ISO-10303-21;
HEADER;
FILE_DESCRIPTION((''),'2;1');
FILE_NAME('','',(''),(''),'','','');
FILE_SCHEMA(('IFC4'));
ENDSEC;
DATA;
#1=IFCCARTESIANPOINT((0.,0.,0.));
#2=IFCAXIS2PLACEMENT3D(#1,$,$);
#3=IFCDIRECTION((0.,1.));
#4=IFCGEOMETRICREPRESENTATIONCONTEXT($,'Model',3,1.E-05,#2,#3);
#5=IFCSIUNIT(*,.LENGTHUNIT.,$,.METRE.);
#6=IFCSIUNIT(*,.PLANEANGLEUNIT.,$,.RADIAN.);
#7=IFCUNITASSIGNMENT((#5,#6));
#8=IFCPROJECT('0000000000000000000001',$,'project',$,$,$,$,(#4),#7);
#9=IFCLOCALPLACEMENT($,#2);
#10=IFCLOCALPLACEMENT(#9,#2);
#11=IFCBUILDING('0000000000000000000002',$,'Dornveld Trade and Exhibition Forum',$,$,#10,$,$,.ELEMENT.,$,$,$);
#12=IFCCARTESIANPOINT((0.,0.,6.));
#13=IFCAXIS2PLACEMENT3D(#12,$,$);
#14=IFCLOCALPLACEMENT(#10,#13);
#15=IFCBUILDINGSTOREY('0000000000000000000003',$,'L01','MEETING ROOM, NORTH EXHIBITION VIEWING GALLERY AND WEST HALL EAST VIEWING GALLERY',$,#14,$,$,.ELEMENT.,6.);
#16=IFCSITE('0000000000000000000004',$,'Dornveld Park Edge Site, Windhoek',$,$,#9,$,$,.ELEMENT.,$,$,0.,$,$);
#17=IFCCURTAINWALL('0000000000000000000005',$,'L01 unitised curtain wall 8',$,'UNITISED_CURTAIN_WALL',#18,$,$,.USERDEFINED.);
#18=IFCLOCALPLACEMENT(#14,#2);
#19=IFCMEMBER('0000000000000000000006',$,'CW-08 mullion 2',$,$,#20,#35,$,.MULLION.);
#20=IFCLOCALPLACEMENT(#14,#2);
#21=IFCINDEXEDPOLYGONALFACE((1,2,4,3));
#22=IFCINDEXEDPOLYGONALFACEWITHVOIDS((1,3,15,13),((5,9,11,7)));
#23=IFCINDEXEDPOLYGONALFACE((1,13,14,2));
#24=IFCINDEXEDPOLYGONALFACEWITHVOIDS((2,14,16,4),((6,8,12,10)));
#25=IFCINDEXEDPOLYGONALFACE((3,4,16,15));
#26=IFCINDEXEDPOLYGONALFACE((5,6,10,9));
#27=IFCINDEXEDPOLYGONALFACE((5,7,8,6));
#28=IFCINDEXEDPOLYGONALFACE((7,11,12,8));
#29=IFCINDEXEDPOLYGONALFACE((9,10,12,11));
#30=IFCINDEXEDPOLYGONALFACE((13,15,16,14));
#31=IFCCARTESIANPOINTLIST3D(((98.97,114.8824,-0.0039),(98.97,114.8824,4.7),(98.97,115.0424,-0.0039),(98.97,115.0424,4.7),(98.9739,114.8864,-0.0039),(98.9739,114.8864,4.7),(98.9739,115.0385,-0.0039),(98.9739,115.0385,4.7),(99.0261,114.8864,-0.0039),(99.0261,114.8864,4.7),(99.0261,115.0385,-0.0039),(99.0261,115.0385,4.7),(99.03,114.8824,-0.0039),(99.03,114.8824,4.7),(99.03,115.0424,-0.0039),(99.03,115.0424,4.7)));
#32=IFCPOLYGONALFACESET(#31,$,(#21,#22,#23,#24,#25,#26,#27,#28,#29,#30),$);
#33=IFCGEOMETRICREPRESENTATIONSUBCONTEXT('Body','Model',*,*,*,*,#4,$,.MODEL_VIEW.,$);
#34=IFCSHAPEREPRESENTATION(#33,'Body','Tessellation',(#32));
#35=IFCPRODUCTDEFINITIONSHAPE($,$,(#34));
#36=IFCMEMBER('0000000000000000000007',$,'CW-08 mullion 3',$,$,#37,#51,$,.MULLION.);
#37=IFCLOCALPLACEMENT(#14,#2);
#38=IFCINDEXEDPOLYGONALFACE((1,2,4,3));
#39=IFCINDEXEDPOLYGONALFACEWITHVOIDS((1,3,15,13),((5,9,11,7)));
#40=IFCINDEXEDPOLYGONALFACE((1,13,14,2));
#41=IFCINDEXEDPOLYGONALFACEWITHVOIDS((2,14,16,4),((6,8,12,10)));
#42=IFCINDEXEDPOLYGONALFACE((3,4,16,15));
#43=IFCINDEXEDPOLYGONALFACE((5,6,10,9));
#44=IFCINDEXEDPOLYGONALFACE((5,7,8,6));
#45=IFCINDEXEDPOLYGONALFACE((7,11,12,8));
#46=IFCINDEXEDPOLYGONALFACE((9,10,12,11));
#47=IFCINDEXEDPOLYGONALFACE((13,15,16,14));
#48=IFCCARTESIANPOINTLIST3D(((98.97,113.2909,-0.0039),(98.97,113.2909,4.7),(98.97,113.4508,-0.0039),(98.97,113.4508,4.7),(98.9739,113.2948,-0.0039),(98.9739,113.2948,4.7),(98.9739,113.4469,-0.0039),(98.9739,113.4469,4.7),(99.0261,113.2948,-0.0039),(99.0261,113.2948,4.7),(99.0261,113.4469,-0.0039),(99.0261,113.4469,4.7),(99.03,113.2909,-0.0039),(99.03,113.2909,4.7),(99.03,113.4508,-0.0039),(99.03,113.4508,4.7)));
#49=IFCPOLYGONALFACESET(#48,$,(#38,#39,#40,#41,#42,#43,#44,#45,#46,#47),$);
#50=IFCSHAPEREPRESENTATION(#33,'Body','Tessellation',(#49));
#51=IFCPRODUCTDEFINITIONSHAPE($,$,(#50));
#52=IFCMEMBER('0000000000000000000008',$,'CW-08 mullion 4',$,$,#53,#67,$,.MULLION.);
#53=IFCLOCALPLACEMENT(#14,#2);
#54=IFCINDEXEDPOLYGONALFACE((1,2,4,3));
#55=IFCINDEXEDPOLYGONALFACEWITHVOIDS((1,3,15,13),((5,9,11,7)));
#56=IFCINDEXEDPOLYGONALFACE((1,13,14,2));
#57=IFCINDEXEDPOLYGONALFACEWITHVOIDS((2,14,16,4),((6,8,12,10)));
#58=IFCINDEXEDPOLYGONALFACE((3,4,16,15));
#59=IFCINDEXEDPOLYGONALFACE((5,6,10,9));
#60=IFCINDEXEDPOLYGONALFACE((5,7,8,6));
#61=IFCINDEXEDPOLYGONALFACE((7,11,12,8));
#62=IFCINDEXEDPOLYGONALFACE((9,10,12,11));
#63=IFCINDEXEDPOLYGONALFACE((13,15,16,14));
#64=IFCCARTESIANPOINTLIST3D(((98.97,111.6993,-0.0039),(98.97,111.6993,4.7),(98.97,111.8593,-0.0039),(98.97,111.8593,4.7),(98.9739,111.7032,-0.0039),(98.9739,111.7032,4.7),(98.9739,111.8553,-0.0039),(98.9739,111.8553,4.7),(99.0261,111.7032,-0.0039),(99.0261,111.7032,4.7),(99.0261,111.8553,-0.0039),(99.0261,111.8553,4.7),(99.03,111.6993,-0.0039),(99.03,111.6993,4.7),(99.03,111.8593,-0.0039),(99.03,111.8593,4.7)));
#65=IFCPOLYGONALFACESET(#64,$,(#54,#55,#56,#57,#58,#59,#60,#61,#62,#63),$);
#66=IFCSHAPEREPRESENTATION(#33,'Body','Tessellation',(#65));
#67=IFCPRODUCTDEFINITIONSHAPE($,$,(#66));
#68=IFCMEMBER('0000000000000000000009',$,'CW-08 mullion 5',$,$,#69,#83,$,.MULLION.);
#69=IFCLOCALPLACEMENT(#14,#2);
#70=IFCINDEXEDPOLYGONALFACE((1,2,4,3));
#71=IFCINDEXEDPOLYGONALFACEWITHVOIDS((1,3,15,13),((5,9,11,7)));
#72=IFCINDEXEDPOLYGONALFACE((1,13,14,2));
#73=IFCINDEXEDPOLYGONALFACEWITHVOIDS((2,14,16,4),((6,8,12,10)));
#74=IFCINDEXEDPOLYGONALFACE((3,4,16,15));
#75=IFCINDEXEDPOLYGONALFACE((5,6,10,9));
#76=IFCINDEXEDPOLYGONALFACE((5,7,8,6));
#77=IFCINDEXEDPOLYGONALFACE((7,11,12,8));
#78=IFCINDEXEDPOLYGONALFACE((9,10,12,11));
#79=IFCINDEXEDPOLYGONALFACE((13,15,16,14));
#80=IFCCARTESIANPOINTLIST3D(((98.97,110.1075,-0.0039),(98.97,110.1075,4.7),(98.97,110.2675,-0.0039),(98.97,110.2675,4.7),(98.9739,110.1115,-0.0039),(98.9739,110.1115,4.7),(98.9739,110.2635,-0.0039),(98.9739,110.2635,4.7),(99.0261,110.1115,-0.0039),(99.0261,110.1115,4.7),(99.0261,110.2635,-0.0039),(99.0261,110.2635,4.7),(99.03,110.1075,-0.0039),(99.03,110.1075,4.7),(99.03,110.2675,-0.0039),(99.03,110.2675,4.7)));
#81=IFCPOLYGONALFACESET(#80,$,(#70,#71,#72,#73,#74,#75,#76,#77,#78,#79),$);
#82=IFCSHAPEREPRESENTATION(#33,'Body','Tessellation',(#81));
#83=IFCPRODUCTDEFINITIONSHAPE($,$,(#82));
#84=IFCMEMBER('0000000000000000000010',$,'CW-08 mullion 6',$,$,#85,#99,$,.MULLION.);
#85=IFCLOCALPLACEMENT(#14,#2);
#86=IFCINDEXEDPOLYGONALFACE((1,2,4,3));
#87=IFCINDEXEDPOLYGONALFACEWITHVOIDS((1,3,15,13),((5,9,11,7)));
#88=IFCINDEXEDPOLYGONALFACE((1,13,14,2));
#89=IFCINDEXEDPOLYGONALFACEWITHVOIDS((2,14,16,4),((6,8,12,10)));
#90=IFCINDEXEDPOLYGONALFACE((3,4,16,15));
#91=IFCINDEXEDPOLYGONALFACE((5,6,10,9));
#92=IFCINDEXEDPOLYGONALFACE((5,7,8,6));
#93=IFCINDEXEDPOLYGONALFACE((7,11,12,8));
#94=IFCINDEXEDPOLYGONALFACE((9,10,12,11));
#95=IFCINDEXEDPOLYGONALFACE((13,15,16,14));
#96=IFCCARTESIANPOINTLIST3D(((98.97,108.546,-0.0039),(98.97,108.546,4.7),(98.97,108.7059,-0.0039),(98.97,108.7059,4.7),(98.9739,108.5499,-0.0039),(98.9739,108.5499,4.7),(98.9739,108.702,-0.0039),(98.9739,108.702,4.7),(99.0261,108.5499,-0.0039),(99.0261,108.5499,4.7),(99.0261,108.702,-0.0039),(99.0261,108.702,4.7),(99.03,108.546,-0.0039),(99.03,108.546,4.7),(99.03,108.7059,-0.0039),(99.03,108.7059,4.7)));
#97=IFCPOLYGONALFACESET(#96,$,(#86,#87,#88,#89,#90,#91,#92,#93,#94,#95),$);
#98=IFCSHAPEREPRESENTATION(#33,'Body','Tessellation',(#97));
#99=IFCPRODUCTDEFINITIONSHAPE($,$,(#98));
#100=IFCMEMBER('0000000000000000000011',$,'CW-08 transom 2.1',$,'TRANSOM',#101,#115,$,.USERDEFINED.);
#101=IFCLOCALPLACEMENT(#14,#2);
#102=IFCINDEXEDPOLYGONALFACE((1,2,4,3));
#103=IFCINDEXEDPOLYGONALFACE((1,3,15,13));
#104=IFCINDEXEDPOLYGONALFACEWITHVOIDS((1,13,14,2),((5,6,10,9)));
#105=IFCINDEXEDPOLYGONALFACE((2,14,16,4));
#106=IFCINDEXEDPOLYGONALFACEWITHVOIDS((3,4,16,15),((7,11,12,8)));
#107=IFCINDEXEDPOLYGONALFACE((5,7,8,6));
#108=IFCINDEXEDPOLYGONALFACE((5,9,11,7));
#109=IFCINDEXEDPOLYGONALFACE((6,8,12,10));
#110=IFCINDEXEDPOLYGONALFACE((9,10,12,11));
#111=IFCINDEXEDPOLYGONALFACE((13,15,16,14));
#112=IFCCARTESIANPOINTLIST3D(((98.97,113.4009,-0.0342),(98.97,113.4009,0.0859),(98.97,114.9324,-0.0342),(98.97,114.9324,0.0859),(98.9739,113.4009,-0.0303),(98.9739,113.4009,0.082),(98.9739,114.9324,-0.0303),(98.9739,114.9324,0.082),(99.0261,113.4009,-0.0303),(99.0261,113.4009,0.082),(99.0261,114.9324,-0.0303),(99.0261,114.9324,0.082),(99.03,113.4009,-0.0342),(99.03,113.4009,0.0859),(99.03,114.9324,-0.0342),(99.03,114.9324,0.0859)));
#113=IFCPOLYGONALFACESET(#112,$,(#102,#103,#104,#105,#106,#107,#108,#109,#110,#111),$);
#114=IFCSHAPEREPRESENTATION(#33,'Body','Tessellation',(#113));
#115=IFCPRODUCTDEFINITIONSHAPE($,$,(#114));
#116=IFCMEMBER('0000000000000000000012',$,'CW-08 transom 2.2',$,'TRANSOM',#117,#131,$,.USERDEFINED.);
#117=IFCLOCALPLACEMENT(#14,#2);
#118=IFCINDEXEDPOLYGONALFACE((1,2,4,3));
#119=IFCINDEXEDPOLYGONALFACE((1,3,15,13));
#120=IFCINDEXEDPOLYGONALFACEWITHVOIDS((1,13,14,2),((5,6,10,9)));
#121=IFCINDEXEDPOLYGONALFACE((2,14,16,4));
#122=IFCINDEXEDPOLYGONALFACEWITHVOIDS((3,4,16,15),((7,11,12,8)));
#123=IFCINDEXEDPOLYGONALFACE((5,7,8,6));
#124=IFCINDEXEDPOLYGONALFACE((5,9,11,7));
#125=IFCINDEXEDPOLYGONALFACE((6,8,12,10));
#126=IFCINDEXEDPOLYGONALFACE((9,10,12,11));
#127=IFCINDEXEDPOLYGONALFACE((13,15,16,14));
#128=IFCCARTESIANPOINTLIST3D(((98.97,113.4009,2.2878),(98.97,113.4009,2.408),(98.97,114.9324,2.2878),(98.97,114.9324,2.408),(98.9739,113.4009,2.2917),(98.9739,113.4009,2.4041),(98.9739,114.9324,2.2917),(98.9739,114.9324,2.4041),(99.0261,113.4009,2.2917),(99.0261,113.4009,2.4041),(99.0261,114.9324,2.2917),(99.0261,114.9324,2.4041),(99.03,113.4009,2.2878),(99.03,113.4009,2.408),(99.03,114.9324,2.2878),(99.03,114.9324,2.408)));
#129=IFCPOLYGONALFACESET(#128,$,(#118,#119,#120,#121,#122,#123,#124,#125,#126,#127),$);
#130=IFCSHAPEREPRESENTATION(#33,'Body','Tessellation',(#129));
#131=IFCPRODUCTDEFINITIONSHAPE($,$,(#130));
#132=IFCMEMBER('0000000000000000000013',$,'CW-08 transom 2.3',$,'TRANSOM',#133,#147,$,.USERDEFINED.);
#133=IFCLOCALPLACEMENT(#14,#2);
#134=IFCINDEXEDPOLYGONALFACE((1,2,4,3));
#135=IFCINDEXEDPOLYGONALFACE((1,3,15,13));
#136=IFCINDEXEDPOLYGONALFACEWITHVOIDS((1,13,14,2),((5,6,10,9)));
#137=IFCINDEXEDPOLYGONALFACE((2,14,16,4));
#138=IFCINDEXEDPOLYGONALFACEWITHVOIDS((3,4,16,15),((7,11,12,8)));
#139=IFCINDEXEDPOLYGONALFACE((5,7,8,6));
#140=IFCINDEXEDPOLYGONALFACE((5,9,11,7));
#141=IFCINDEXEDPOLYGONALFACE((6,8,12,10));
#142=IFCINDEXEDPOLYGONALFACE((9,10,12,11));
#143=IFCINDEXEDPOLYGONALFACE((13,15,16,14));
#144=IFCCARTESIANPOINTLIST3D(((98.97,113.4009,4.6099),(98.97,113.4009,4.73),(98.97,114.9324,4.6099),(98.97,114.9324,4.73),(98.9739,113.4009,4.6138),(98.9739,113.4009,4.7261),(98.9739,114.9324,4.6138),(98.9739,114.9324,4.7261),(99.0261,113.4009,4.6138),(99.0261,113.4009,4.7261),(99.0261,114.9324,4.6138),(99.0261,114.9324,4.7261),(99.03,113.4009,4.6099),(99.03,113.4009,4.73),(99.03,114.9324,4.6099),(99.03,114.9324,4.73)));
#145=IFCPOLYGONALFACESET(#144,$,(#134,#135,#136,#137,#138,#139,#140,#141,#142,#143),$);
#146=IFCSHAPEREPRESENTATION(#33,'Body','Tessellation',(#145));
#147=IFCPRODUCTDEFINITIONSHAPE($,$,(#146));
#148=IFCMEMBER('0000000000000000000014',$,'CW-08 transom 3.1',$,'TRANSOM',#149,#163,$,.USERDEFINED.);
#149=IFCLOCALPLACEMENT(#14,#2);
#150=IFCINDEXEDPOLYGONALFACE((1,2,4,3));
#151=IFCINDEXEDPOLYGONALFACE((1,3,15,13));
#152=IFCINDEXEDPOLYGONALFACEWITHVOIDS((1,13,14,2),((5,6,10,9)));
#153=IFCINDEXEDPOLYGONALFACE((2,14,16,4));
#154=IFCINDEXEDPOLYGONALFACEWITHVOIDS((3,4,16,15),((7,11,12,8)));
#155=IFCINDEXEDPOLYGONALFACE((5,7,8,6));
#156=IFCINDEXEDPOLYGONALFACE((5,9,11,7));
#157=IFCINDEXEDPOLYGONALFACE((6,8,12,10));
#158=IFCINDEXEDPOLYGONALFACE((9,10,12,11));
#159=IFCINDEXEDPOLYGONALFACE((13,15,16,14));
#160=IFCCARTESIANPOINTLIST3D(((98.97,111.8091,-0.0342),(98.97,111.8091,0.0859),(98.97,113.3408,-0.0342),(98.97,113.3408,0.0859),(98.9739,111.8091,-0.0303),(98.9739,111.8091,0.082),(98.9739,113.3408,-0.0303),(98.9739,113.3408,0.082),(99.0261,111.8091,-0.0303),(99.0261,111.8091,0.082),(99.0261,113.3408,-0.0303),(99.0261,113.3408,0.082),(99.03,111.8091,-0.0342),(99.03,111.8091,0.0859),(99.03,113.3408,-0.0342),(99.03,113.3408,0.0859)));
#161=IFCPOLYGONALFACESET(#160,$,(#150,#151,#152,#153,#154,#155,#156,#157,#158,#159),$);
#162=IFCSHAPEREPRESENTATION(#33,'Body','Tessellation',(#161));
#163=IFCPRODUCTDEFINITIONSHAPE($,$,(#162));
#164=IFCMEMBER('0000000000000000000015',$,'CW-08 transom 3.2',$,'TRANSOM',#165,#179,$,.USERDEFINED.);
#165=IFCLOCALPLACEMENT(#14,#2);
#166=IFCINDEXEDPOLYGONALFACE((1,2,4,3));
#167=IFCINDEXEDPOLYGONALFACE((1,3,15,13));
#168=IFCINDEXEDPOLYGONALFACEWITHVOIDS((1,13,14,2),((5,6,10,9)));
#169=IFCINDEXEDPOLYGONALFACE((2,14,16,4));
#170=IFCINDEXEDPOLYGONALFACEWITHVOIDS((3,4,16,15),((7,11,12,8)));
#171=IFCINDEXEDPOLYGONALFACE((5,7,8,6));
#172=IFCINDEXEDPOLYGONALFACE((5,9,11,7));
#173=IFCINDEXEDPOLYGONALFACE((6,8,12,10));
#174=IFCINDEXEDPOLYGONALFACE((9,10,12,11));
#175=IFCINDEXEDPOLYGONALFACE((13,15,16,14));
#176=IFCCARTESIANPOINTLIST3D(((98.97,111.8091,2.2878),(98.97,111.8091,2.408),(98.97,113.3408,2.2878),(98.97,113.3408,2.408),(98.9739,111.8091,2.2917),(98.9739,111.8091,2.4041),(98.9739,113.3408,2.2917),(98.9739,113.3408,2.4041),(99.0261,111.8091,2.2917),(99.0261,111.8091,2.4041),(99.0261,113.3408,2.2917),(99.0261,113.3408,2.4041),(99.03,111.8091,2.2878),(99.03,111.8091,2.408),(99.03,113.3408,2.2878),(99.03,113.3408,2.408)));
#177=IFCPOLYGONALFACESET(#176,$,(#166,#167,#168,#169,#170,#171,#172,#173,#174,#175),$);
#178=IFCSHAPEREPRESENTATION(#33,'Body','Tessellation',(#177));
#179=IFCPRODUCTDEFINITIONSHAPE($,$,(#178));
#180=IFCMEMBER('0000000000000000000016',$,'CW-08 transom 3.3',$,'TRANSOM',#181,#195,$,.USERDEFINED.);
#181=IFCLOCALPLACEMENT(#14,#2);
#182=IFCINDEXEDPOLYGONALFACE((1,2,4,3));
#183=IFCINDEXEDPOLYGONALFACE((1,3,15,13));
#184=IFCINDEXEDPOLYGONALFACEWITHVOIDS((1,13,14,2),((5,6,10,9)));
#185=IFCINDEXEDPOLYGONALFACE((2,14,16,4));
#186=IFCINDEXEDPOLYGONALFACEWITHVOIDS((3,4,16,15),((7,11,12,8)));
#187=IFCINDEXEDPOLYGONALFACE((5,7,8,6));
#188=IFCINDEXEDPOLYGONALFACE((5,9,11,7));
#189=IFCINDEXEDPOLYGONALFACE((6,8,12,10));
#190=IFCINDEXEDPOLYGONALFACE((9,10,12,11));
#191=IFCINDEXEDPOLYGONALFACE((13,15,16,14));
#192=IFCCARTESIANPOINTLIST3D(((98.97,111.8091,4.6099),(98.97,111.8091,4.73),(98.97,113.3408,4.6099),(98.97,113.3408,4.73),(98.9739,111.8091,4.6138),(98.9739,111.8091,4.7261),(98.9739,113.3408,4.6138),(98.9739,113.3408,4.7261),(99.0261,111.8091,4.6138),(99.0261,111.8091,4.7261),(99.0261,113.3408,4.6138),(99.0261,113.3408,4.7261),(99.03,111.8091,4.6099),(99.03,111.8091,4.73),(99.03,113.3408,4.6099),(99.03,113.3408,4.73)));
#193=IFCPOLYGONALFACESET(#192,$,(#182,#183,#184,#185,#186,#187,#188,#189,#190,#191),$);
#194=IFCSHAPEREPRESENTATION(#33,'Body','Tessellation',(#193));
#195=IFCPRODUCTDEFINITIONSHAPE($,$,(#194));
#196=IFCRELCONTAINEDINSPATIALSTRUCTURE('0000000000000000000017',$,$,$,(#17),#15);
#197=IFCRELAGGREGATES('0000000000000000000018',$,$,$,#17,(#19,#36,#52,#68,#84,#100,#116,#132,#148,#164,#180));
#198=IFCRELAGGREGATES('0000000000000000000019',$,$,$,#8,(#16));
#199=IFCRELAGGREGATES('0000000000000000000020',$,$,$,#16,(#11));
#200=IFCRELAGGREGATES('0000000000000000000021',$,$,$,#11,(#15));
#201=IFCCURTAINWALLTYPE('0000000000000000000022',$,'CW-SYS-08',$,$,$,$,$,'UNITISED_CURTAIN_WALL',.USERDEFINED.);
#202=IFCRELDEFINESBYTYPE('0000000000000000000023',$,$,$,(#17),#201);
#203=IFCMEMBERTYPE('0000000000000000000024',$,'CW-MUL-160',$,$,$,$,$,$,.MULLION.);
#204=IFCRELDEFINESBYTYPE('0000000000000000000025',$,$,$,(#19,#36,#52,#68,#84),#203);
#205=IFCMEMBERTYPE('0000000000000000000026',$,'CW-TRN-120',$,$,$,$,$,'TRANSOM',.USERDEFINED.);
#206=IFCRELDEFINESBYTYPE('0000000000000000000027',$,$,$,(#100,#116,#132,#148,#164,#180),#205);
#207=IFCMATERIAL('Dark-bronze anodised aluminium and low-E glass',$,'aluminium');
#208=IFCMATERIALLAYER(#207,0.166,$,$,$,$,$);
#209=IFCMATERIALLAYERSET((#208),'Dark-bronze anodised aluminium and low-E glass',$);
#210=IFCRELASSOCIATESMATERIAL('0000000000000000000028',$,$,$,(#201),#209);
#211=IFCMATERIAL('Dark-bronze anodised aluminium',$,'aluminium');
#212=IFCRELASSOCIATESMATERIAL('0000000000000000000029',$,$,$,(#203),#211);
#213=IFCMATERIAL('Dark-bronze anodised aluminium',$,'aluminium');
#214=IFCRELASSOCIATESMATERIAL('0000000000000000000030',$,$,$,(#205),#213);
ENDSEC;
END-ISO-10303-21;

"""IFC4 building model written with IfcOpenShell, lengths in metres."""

from ifc_helpers import new_model, si_unit, direction, frame, origin, origin_2d, place, context, subcontext, project, spatial, hollow_rectangle, extrude, material, layer, layer_set, material_profile, profile_set, type_object, element, aggregate, save


model = new_model("IFC4")

# Units and contexts
model_context = context("Model", 3, precision=1e-05, world=origin(), true_north=direction((0.0, 1.0)))
body_context = subcontext(model_context, "Body", "Model", "MODEL_VIEW")
ifc_project = project(units=[si_unit("LENGTHUNIT", "METRE"), si_unit("PLANEANGLEUNIT", "RADIAN")], contexts=[model_context])

# Site, building, storey
site_placement = place(None, origin())
site = spatial("IfcSite", under=ifc_project, at=site_placement, Name="Dornveld Park Edge Site, Windhoek", CompositionType="ELEMENT", RefElevation=0.0)
building_placement = place(site_placement, origin())
building = spatial("IfcBuilding", under=site, at=building_placement, Name="Dornveld Trade and Exhibition Forum", CompositionType="ELEMENT")
storey_placement = place(building_placement, frame((0.0, 0.0, 6.0)))
storey = spatial("IfcBuildingStorey", under=building, at=storey_placement, Name="L01", Description="MEETING ROOM, NORTH EXHIBITION VIEWING GALLERY AND WEST HALL EAST VIEWING GALLERY", CompositionType="ELEMENT", Elevation=6.0)

# Curtain wall, members
ifc_material_1 = material(Name="Dark-bronze anodised aluminium and low-E glass", Category="aluminium")
ifc_layer_1 = layer(ifc_material_1, 0.166)
ifc_layer_set_1 = layer_set([ifc_layer_1], Name="Dark-bronze anodised aluminium and low-E glass")
curtain_wall_type = type_object("IfcCurtainWallType", Name="CW-SYS-08", ElementType="UNITISED_CURTAIN_WALL", PredefinedType="USERDEFINED", material=ifc_layer_set_1)
curtain_wall_placement = place(storey_placement, origin())
curtain_wall = element("IfcCurtainWall", 1, at=curtain_wall_placement, inside=storey, type_object=curtain_wall_type, Name="L01 unitised curtain wall 8", ObjectType="UNITISED_CURTAIN_WALL", PredefinedType="USERDEFINED")
ifc_material_2 = material(Name="Dark-bronze anodised aluminium", Category="aluminium")
ifc_material_profile_1 = material_profile(ifc_material_2, hollow_rectangle(XDim=0.0601, YDim=0.1599, WallThickness=0.0039, at=origin_2d()), Name="RHS 160x60x4")
ifc_profile_set_1 = profile_set([ifc_material_profile_1], Name="Dark-bronze anodised aluminium")
member_type_1 = type_object("IfcMemberType", Name="CW-MUL-160", PredefinedType="MULLION", material=ifc_profile_set_1)
member_1_placement = place(storey_placement, frame((99.0, 114.9624, -0.0039), z_axis=(0.0, 0.0, 1.0), x_axis=(1.0, 0.0, 0.0)))
member_1 = element("IfcMember", 2, at=member_1_placement, type_object=member_type_1, Name="CW-08 mullion 2", PredefinedType="MULLION", context=body_context, shape_type="SweptSolid", body=[
    extrude(hollow_rectangle(XDim=0.0601, YDim=0.1599, WallThickness=0.0039, at=origin_2d()), origin(), (0.0, 0.0, 1.0), 4.7039),
])
member_2_placement = place(storey_placement, frame((99.0, 113.3708, -0.0039), z_axis=(0.0, 0.0, 1.0), x_axis=(1.0, 0.0, 0.0)))
member_2 = element("IfcMember", 3, at=member_2_placement, type_object=member_type_1, Name="CW-08 mullion 3", PredefinedType="MULLION", context=body_context, shape_type="SweptSolid", body=[
    extrude(hollow_rectangle(XDim=0.0601, YDim=0.1599, WallThickness=0.0039, at=origin_2d()), origin(), (0.0, 0.0, 1.0), 4.7039),
])
member_3_placement = place(storey_placement, frame((99.0, 111.7793, -0.0039), z_axis=(0.0, 0.0, 1.0), x_axis=(1.0, 0.0, 0.0)))
member_3 = element("IfcMember", 4, at=member_3_placement, type_object=member_type_1, Name="CW-08 mullion 4", PredefinedType="MULLION", context=body_context, shape_type="SweptSolid", body=[
    extrude(hollow_rectangle(XDim=0.0601, YDim=0.1599, WallThickness=0.0039, at=origin_2d()), origin(), (0.0, 0.0, 1.0), 4.7039),
])
member_4_placement = place(storey_placement, frame((99.0, 110.1875, -0.0039), z_axis=(0.0, 0.0, 1.0), x_axis=(1.0, 0.0, 0.0)))
member_4 = element("IfcMember", 5, at=member_4_placement, type_object=member_type_1, Name="CW-08 mullion 5", PredefinedType="MULLION", context=body_context, shape_type="SweptSolid", body=[
    extrude(hollow_rectangle(XDim=0.0601, YDim=0.1599, WallThickness=0.0039, at=origin_2d()), origin(), (0.0, 0.0, 1.0), 4.7039),
])
member_5_placement = place(storey_placement, frame((99.0, 108.626, -0.0039), z_axis=(0.0, 0.0, 1.0), x_axis=(1.0, 0.0, 0.0)))
member_5 = element("IfcMember", 6, at=member_5_placement, type_object=member_type_1, Name="CW-08 mullion 6", PredefinedType="MULLION", context=body_context, shape_type="SweptSolid", body=[
    extrude(hollow_rectangle(XDim=0.0601, YDim=0.1599, WallThickness=0.0039, at=origin_2d()), origin(), (0.0, 0.0, 1.0), 4.7039),
])
ifc_material_3 = material(Name="Dark-bronze anodised aluminium", Category="aluminium")
ifc_material_profile_2 = material_profile(ifc_material_3, hollow_rectangle(XDim=0.0601, YDim=0.1201, WallThickness=0.0039, at=origin_2d()), Name="RHS 120x60x4")
ifc_profile_set_2 = profile_set([ifc_material_profile_2], Name="Dark-bronze anodised aluminium")
member_type_2 = type_object("IfcMemberType", Name="CW-TRN-120", ElementType="TRANSOM", PredefinedType="USERDEFINED", material=ifc_profile_set_2)
member_6_placement = place(storey_placement, frame((99.0, 114.9324, 0.0259), z_axis=(0.0, -1.0, 0.0), x_axis=(1.0, 0.0, 0.0)))
member_6 = element("IfcMember", 7, at=member_6_placement, type_object=member_type_2, Name="CW-08 transom 2.1", ObjectType="TRANSOM", PredefinedType="USERDEFINED", context=body_context, shape_type="SweptSolid", body=[
    extrude(hollow_rectangle(XDim=0.0601, YDim=0.1201, WallThickness=0.0039, at=origin_2d()), origin(), (0.0, 0.0, 1.0), 1.5315),
])
member_7_placement = place(storey_placement, frame((99.0, 114.9324, 2.3479), z_axis=(0.0, -1.0, 0.0), x_axis=(1.0, 0.0, 0.0)))
member_7 = element("IfcMember", 8, at=member_7_placement, type_object=member_type_2, Name="CW-08 transom 2.2", ObjectType="TRANSOM", PredefinedType="USERDEFINED", context=body_context, shape_type="SweptSolid", body=[
    extrude(hollow_rectangle(XDim=0.0601, YDim=0.1201, WallThickness=0.0039, at=origin_2d()), origin(), (0.0, 0.0, 1.0), 1.5315),
])
member_8_placement = place(storey_placement, frame((99.0, 114.9324, 4.6699), z_axis=(0.0, -1.0, 0.0), x_axis=(1.0, 0.0, 0.0)))
member_8 = element("IfcMember", 9, at=member_8_placement, type_object=member_type_2, Name="CW-08 transom 2.3", ObjectType="TRANSOM", PredefinedType="USERDEFINED", context=body_context, shape_type="SweptSolid", body=[
    extrude(hollow_rectangle(XDim=0.0601, YDim=0.1201, WallThickness=0.0039, at=origin_2d()), origin(), (0.0, 0.0, 1.0), 1.5315),
])
member_9_placement = place(storey_placement, frame((99.0, 113.3408, 0.0259), z_axis=(0.0, -1.0, 0.0), x_axis=(1.0, 0.0, 0.0)))
member_9 = element("IfcMember", 10, at=member_9_placement, type_object=member_type_2, Name="CW-08 transom 3.1", ObjectType="TRANSOM", PredefinedType="USERDEFINED", context=body_context, shape_type="SweptSolid", body=[
    extrude(hollow_rectangle(XDim=0.0601, YDim=0.1201, WallThickness=0.0039, at=origin_2d()), origin(), (0.0, 0.0, 1.0), 1.5317),
])
member_10_placement = place(storey_placement, frame((99.0, 113.3408, 2.3479), z_axis=(0.0, -1.0, 0.0), x_axis=(1.0, 0.0, 0.0)))
member_10 = element("IfcMember", 11, at=member_10_placement, type_object=member_type_2, Name="CW-08 transom 3.2", ObjectType="TRANSOM", PredefinedType="USERDEFINED", context=body_context, shape_type="SweptSolid", body=[
    extrude(hollow_rectangle(XDim=0.0601, YDim=0.1201, WallThickness=0.0039, at=origin_2d()), origin(), (0.0, 0.0, 1.0), 1.5317),
])
member_11_placement = place(storey_placement, frame((99.0, 113.3408, 4.6699), z_axis=(0.0, -1.0, 0.0), x_axis=(1.0, 0.0, 0.0)))
member_11 = element("IfcMember", 12, at=member_11_placement, type_object=member_type_2, Name="CW-08 transom 3.3", ObjectType="TRANSOM", PredefinedType="USERDEFINED", context=body_context, shape_type="SweptSolid", body=[
    extrude(hollow_rectangle(XDim=0.0601, YDim=0.1201, WallThickness=0.0039, at=origin_2d()), origin(), (0.0, 0.0, 1.0), 1.5317),
])

aggregate(curtain_wall, [member_1, member_2, member_3, member_4, member_5, member_6, member_7, member_8, member_9, member_10, member_11])

save(model, "model.ifc")
